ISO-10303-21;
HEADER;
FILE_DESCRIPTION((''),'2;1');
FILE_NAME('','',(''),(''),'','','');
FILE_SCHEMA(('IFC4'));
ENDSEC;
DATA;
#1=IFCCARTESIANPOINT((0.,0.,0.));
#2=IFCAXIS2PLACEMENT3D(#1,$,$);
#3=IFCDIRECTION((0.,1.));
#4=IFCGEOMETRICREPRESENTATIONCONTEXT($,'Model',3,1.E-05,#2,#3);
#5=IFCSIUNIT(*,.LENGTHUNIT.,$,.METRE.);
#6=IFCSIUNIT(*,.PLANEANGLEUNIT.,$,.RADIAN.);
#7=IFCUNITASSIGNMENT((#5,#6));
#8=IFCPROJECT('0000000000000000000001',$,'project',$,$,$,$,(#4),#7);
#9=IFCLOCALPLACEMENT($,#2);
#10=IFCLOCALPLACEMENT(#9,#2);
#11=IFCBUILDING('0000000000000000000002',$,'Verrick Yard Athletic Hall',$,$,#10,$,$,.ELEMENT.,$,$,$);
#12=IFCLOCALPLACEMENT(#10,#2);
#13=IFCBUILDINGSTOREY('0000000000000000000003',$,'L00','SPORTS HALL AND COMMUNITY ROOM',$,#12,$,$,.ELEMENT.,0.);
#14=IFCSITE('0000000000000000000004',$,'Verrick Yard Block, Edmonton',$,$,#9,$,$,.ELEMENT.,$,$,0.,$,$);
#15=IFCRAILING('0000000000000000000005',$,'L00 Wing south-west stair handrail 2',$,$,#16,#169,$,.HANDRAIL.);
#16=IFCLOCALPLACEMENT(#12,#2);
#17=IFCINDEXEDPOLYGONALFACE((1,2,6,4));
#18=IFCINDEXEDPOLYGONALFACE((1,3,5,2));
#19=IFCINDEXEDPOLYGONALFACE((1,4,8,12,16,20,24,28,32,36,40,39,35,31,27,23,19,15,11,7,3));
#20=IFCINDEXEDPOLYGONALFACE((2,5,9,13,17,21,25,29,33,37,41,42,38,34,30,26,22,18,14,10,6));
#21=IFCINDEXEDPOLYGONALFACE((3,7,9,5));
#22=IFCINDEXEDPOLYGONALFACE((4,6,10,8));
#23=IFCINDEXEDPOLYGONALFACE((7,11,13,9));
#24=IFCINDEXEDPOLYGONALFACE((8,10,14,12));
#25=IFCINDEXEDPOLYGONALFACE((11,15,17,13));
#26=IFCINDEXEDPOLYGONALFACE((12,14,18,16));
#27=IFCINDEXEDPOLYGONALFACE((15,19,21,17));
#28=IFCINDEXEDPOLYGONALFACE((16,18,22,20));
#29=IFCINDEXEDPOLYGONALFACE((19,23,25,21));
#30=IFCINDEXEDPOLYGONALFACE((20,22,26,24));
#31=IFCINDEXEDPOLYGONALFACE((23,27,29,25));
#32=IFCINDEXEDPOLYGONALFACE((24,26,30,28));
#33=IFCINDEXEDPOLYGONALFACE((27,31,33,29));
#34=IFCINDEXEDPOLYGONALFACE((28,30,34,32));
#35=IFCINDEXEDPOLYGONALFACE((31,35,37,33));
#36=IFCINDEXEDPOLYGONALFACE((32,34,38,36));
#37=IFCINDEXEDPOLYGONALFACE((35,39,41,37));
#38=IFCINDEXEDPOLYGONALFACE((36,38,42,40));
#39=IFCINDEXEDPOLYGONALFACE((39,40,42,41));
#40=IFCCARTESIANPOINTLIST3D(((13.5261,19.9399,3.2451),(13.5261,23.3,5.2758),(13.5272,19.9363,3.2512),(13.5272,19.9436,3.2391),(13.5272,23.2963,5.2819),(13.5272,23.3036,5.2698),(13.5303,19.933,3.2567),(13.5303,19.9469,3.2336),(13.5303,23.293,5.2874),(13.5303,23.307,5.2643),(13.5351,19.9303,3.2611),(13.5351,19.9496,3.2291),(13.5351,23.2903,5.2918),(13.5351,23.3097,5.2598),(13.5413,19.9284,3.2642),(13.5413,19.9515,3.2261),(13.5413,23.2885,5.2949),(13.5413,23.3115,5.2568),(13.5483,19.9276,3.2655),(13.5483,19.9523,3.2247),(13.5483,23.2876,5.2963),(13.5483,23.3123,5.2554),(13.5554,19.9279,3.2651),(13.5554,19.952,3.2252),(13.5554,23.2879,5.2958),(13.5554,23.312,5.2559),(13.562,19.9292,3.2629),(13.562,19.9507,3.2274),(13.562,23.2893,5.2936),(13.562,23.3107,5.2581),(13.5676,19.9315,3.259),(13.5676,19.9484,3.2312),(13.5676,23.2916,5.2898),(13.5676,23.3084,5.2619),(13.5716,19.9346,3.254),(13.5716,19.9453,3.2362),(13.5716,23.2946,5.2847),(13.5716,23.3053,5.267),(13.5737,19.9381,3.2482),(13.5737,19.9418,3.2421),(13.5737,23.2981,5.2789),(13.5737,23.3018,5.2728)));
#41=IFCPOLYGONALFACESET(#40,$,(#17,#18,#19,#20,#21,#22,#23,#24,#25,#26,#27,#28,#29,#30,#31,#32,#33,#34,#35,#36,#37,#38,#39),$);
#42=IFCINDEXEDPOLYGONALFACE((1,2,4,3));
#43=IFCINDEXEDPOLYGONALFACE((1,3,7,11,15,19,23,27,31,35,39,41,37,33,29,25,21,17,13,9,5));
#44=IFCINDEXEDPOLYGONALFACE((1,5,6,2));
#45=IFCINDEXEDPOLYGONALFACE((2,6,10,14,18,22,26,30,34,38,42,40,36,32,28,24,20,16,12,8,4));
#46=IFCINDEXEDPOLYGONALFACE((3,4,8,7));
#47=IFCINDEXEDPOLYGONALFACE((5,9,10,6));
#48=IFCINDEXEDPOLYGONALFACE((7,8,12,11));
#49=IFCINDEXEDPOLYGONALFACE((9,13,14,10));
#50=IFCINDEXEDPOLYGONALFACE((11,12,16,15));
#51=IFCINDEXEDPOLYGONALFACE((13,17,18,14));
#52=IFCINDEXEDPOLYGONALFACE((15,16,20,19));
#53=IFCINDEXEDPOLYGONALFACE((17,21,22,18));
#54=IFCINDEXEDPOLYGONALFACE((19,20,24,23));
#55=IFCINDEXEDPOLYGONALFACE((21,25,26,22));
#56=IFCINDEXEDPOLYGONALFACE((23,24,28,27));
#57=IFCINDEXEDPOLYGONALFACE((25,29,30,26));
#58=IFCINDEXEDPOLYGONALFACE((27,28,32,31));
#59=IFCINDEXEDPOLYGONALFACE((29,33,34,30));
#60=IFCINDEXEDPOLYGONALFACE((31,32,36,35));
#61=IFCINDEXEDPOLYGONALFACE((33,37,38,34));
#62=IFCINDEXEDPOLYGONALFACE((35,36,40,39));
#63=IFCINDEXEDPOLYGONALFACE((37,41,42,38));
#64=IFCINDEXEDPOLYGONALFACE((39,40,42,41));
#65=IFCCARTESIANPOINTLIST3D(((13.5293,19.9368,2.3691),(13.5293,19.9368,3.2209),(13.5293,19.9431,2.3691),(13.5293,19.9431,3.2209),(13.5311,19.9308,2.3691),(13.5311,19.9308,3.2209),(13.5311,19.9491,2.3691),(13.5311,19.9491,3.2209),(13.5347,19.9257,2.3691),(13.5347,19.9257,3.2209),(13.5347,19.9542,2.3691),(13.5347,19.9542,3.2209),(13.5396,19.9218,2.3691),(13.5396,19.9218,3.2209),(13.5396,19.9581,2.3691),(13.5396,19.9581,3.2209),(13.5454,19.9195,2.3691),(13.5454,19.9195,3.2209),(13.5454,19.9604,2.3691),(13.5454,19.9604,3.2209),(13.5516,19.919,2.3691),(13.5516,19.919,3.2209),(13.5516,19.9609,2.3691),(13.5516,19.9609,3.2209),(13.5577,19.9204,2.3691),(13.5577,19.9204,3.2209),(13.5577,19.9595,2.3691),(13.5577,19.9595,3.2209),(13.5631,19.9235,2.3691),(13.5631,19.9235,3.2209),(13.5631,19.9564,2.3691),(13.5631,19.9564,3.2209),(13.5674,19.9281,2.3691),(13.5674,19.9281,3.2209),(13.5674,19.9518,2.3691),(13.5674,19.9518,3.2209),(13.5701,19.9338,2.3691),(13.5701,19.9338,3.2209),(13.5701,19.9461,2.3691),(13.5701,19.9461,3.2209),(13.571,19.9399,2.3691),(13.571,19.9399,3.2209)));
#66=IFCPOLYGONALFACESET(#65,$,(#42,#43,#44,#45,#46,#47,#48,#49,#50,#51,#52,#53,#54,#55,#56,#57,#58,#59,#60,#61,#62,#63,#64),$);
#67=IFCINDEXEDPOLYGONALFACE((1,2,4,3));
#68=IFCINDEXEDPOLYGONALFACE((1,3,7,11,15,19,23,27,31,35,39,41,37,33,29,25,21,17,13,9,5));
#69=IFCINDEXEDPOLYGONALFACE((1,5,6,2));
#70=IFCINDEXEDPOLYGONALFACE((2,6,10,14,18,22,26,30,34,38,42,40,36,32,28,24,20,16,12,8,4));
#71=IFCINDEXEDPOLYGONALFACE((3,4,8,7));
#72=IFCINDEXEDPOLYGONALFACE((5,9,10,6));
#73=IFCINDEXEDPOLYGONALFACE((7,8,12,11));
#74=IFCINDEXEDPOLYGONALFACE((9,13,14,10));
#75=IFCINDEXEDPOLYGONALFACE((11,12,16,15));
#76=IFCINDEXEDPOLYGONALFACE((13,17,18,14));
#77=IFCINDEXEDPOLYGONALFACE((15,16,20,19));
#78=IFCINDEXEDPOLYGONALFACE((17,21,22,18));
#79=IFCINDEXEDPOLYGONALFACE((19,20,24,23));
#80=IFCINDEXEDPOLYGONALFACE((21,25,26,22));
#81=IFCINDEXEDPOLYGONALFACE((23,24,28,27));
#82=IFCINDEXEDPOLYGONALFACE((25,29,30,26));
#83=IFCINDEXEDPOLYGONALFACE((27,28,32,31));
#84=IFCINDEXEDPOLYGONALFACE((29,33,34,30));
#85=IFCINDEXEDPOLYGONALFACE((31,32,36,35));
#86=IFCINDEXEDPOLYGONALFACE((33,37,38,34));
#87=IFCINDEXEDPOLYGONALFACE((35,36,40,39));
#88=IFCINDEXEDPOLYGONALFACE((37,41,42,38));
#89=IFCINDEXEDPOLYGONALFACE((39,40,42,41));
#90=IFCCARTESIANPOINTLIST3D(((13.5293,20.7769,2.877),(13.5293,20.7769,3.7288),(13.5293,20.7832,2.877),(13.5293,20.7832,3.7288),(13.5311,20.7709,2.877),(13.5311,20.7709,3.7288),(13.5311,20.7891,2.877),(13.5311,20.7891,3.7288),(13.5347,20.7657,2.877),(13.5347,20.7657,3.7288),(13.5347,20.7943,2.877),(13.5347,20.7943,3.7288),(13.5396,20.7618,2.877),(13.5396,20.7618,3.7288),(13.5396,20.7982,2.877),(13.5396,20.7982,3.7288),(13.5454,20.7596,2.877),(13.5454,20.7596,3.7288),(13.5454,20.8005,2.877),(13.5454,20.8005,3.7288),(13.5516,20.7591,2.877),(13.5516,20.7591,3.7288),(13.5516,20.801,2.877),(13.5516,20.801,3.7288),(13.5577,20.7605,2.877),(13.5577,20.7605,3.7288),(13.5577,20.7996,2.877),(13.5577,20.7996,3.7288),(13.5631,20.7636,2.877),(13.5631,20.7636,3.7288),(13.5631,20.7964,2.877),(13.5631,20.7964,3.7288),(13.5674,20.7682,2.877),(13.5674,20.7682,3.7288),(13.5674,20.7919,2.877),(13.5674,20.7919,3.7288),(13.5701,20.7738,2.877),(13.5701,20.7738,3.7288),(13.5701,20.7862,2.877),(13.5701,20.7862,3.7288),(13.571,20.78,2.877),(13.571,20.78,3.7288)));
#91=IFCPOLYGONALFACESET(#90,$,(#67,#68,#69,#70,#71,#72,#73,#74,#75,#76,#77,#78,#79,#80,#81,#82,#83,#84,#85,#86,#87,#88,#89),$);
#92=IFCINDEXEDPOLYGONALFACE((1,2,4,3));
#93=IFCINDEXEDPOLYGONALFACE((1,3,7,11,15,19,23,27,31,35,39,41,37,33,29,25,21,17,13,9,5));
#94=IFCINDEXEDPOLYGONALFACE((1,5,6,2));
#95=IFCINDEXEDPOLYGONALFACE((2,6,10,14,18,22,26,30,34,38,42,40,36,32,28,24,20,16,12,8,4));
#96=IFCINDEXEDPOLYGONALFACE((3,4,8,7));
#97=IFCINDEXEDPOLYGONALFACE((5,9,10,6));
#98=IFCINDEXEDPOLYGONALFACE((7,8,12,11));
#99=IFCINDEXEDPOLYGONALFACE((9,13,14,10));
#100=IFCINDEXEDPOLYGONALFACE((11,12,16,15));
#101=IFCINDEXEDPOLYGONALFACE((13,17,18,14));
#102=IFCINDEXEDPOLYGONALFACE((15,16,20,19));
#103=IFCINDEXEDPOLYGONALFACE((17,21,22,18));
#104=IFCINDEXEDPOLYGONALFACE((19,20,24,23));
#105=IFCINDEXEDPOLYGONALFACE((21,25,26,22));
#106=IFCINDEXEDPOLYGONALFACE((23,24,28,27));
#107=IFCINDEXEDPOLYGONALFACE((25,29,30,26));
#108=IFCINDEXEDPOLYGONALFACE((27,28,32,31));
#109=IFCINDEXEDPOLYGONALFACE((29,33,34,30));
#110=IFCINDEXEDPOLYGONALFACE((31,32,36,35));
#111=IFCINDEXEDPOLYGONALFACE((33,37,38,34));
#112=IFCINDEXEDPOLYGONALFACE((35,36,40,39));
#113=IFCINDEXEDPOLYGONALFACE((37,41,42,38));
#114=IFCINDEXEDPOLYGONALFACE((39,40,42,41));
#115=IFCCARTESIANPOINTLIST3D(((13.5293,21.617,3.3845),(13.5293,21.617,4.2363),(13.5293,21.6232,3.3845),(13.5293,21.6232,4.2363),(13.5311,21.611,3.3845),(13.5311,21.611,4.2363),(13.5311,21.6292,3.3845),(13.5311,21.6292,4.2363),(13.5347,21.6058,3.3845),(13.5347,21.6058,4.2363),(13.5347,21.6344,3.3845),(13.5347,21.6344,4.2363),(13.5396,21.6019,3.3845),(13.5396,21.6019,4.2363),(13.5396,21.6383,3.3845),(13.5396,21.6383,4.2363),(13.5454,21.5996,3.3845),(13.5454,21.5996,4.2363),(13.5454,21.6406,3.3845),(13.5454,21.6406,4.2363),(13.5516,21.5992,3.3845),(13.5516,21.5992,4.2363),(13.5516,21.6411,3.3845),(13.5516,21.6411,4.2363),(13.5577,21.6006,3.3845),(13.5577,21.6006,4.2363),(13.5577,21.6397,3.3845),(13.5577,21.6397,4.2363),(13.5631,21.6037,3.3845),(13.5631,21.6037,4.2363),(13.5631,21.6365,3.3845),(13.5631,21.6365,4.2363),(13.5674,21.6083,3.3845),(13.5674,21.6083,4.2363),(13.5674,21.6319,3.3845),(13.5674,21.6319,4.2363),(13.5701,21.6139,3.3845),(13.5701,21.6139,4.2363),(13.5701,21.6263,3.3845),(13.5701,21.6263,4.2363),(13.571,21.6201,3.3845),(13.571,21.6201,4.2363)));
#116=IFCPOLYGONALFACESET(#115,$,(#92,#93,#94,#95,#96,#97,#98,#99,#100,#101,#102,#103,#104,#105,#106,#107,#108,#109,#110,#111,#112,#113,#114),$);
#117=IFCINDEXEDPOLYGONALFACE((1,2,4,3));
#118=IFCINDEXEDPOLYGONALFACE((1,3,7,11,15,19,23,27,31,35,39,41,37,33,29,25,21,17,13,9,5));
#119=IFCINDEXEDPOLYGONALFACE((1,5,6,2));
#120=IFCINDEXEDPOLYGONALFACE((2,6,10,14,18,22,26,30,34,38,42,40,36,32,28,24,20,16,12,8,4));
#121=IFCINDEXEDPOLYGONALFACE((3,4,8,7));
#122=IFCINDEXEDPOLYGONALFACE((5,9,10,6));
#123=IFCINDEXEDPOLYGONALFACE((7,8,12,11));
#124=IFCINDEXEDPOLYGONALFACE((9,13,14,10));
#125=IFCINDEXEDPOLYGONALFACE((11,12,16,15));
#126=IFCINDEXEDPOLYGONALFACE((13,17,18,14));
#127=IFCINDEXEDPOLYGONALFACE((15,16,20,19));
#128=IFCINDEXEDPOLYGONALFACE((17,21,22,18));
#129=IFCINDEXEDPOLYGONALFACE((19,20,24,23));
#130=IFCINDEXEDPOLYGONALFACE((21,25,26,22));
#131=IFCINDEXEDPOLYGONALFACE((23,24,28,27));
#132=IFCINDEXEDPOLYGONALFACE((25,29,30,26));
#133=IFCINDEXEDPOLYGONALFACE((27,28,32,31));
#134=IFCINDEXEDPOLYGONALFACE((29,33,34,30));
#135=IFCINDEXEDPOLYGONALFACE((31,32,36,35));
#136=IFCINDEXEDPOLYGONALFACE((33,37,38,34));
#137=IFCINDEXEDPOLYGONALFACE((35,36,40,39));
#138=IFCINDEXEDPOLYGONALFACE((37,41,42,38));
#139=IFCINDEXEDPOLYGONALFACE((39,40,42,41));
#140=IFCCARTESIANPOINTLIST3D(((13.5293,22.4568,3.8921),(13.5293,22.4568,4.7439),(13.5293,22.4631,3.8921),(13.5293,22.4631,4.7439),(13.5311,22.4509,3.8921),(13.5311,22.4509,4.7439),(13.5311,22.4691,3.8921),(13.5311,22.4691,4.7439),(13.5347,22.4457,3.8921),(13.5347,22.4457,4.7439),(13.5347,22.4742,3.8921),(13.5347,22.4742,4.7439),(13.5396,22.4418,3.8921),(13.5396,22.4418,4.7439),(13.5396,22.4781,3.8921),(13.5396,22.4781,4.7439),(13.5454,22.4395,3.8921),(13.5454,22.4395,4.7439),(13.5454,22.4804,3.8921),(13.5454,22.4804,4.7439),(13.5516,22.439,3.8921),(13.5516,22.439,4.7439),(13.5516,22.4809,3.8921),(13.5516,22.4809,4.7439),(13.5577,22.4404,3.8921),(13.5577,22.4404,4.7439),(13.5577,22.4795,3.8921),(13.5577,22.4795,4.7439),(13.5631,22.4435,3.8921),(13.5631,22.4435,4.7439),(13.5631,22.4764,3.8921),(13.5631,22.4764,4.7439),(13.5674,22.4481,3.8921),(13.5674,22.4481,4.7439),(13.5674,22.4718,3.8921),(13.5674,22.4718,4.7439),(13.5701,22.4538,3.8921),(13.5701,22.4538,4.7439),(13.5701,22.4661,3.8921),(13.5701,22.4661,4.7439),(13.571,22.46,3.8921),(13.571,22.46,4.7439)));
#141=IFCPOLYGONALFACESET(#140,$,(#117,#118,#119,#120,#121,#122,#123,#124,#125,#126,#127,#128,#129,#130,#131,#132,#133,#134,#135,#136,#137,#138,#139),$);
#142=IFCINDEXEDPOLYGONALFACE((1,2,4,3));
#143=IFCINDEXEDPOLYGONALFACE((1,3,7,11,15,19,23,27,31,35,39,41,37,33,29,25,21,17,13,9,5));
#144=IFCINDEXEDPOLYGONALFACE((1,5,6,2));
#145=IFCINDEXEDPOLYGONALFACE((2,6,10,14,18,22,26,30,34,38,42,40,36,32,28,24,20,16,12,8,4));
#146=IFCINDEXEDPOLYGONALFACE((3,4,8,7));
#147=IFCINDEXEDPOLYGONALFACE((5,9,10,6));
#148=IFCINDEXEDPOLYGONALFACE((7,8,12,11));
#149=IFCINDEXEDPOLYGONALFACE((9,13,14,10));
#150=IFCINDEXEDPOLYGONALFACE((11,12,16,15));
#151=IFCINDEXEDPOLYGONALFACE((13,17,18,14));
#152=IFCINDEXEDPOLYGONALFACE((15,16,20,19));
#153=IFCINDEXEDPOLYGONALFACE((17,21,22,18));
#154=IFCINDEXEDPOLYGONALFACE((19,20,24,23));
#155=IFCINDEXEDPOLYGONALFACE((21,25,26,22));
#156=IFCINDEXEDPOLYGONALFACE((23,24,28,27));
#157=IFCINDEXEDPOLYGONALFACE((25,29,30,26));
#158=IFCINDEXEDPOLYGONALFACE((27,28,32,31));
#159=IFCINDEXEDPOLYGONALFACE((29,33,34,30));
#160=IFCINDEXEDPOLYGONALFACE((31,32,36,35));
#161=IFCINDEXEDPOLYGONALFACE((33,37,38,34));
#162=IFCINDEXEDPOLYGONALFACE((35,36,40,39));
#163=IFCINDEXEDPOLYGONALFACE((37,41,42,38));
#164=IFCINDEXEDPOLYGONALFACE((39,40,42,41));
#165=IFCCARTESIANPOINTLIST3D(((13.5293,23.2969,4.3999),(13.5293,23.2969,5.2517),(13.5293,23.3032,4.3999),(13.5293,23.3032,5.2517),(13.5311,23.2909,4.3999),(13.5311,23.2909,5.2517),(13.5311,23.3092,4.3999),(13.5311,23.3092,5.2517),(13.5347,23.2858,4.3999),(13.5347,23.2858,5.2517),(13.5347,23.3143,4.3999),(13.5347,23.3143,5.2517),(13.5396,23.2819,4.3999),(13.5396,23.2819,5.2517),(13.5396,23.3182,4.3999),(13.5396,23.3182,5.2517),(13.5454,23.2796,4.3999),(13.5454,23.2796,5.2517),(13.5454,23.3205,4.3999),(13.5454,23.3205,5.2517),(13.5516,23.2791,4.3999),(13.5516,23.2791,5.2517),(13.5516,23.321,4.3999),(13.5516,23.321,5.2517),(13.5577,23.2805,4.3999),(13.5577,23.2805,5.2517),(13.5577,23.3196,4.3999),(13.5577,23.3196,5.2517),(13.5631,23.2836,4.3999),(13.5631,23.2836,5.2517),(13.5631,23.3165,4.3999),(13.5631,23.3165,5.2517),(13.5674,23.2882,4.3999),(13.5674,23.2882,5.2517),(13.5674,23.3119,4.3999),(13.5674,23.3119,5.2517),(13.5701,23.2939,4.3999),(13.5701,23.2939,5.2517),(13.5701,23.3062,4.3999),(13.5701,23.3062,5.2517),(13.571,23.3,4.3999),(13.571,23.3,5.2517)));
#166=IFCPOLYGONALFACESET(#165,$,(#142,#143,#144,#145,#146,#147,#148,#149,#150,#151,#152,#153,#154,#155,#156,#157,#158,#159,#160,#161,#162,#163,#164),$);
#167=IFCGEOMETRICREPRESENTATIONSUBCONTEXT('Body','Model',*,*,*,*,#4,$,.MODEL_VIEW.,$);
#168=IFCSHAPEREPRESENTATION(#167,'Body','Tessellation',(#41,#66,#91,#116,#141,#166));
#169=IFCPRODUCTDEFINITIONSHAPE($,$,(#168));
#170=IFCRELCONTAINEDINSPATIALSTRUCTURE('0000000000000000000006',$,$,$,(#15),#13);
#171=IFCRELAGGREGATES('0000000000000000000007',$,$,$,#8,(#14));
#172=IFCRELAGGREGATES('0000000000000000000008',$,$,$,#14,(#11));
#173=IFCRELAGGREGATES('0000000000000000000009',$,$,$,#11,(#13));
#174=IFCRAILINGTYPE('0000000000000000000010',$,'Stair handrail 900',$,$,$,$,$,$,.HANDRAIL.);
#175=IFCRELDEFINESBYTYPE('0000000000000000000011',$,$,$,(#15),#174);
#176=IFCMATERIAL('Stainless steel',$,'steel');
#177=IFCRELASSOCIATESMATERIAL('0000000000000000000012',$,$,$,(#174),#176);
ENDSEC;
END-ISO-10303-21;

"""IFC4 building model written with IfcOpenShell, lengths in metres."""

from ifc_helpers import new_model, si_unit, direction, frame, origin, origin_2d, place, context, subcontext, project, spatial, circle, extrude, material, type_object, element, save


model = new_model("IFC4")

# Units and contexts
model_context = context("Model", 3, precision=1e-05, world=origin(), true_north=direction((0.0, 1.0)))
body_context = subcontext(model_context, "Body", "Model", "MODEL_VIEW")
ifc_project = project(units=[si_unit("LENGTHUNIT", "METRE"), si_unit("PLANEANGLEUNIT", "RADIAN")], contexts=[model_context])

# Site, building, storey
site_placement = place(None, origin())
site = spatial("IfcSite", under=ifc_project, at=site_placement, Name="Verrick Yard Block, Edmonton", CompositionType="ELEMENT", RefElevation=0.0)
building_placement = place(site_placement, origin())
building = spatial("IfcBuilding", under=site, at=building_placement, Name="Verrick Yard Athletic Hall", CompositionType="ELEMENT")
storey_placement = place(building_placement, origin())
storey = spatial("IfcBuildingStorey", under=building, at=storey_placement, Name="L00", Description="SPORTS HALL AND COMMUNITY ROOM", CompositionType="ELEMENT", Elevation=0.0)

# Railing
ifc_material_1 = material(Name="Stainless steel", Category="steel")
railing_type_1 = type_object("IfcRailingType", Name="Stair handrail 900", PredefinedType="HANDRAIL", material=ifc_material_1)
railing_1_placement = place(storey_placement, frame((13.55, 19.9399, 2.3691)))
element("IfcRailing", 1, at=railing_1_placement, inside=storey, type_object=railing_type_1, Name="L00 Wing south-west stair handrail 2", PredefinedType="HANDRAIL", context=body_context, shape_type="SweptSolid", body=[
    extrude(circle(Radius=0.0239, at=origin_2d()), frame((0.0, 0.0, 0.876), z_axis=(0.0, 0.855837, 0.517246), x_axis=(-1.0, 0.0, 0.0)), (0.0, 0.0, 1.0), 3.926),
    extrude(circle(Radius=0.021, at=origin_2d()), origin(), (0.0, 0.0, 1.0), 0.8518),
    extrude(circle(Radius=0.021, at=origin_2d()), frame((0.0, 0.8401, 0.5078)), (0.0, 0.0, 1.0), 0.8518),
    extrude(circle(Radius=0.021, at=origin_2d()), frame((0.0, 1.6802, 1.0154)), (0.0, 0.0, 1.0), 0.8518),
    extrude(circle(Radius=0.021, at=origin_2d()), frame((0.0, 2.52, 1.5229)), (0.0, 0.0, 1.0), 0.8518),
    extrude(circle(Radius=0.021, at=origin_2d()), frame((0.0, 3.3601, 2.0308)), (0.0, 0.0, 1.0), 0.8518),
])

save(model, "model.ifc")
